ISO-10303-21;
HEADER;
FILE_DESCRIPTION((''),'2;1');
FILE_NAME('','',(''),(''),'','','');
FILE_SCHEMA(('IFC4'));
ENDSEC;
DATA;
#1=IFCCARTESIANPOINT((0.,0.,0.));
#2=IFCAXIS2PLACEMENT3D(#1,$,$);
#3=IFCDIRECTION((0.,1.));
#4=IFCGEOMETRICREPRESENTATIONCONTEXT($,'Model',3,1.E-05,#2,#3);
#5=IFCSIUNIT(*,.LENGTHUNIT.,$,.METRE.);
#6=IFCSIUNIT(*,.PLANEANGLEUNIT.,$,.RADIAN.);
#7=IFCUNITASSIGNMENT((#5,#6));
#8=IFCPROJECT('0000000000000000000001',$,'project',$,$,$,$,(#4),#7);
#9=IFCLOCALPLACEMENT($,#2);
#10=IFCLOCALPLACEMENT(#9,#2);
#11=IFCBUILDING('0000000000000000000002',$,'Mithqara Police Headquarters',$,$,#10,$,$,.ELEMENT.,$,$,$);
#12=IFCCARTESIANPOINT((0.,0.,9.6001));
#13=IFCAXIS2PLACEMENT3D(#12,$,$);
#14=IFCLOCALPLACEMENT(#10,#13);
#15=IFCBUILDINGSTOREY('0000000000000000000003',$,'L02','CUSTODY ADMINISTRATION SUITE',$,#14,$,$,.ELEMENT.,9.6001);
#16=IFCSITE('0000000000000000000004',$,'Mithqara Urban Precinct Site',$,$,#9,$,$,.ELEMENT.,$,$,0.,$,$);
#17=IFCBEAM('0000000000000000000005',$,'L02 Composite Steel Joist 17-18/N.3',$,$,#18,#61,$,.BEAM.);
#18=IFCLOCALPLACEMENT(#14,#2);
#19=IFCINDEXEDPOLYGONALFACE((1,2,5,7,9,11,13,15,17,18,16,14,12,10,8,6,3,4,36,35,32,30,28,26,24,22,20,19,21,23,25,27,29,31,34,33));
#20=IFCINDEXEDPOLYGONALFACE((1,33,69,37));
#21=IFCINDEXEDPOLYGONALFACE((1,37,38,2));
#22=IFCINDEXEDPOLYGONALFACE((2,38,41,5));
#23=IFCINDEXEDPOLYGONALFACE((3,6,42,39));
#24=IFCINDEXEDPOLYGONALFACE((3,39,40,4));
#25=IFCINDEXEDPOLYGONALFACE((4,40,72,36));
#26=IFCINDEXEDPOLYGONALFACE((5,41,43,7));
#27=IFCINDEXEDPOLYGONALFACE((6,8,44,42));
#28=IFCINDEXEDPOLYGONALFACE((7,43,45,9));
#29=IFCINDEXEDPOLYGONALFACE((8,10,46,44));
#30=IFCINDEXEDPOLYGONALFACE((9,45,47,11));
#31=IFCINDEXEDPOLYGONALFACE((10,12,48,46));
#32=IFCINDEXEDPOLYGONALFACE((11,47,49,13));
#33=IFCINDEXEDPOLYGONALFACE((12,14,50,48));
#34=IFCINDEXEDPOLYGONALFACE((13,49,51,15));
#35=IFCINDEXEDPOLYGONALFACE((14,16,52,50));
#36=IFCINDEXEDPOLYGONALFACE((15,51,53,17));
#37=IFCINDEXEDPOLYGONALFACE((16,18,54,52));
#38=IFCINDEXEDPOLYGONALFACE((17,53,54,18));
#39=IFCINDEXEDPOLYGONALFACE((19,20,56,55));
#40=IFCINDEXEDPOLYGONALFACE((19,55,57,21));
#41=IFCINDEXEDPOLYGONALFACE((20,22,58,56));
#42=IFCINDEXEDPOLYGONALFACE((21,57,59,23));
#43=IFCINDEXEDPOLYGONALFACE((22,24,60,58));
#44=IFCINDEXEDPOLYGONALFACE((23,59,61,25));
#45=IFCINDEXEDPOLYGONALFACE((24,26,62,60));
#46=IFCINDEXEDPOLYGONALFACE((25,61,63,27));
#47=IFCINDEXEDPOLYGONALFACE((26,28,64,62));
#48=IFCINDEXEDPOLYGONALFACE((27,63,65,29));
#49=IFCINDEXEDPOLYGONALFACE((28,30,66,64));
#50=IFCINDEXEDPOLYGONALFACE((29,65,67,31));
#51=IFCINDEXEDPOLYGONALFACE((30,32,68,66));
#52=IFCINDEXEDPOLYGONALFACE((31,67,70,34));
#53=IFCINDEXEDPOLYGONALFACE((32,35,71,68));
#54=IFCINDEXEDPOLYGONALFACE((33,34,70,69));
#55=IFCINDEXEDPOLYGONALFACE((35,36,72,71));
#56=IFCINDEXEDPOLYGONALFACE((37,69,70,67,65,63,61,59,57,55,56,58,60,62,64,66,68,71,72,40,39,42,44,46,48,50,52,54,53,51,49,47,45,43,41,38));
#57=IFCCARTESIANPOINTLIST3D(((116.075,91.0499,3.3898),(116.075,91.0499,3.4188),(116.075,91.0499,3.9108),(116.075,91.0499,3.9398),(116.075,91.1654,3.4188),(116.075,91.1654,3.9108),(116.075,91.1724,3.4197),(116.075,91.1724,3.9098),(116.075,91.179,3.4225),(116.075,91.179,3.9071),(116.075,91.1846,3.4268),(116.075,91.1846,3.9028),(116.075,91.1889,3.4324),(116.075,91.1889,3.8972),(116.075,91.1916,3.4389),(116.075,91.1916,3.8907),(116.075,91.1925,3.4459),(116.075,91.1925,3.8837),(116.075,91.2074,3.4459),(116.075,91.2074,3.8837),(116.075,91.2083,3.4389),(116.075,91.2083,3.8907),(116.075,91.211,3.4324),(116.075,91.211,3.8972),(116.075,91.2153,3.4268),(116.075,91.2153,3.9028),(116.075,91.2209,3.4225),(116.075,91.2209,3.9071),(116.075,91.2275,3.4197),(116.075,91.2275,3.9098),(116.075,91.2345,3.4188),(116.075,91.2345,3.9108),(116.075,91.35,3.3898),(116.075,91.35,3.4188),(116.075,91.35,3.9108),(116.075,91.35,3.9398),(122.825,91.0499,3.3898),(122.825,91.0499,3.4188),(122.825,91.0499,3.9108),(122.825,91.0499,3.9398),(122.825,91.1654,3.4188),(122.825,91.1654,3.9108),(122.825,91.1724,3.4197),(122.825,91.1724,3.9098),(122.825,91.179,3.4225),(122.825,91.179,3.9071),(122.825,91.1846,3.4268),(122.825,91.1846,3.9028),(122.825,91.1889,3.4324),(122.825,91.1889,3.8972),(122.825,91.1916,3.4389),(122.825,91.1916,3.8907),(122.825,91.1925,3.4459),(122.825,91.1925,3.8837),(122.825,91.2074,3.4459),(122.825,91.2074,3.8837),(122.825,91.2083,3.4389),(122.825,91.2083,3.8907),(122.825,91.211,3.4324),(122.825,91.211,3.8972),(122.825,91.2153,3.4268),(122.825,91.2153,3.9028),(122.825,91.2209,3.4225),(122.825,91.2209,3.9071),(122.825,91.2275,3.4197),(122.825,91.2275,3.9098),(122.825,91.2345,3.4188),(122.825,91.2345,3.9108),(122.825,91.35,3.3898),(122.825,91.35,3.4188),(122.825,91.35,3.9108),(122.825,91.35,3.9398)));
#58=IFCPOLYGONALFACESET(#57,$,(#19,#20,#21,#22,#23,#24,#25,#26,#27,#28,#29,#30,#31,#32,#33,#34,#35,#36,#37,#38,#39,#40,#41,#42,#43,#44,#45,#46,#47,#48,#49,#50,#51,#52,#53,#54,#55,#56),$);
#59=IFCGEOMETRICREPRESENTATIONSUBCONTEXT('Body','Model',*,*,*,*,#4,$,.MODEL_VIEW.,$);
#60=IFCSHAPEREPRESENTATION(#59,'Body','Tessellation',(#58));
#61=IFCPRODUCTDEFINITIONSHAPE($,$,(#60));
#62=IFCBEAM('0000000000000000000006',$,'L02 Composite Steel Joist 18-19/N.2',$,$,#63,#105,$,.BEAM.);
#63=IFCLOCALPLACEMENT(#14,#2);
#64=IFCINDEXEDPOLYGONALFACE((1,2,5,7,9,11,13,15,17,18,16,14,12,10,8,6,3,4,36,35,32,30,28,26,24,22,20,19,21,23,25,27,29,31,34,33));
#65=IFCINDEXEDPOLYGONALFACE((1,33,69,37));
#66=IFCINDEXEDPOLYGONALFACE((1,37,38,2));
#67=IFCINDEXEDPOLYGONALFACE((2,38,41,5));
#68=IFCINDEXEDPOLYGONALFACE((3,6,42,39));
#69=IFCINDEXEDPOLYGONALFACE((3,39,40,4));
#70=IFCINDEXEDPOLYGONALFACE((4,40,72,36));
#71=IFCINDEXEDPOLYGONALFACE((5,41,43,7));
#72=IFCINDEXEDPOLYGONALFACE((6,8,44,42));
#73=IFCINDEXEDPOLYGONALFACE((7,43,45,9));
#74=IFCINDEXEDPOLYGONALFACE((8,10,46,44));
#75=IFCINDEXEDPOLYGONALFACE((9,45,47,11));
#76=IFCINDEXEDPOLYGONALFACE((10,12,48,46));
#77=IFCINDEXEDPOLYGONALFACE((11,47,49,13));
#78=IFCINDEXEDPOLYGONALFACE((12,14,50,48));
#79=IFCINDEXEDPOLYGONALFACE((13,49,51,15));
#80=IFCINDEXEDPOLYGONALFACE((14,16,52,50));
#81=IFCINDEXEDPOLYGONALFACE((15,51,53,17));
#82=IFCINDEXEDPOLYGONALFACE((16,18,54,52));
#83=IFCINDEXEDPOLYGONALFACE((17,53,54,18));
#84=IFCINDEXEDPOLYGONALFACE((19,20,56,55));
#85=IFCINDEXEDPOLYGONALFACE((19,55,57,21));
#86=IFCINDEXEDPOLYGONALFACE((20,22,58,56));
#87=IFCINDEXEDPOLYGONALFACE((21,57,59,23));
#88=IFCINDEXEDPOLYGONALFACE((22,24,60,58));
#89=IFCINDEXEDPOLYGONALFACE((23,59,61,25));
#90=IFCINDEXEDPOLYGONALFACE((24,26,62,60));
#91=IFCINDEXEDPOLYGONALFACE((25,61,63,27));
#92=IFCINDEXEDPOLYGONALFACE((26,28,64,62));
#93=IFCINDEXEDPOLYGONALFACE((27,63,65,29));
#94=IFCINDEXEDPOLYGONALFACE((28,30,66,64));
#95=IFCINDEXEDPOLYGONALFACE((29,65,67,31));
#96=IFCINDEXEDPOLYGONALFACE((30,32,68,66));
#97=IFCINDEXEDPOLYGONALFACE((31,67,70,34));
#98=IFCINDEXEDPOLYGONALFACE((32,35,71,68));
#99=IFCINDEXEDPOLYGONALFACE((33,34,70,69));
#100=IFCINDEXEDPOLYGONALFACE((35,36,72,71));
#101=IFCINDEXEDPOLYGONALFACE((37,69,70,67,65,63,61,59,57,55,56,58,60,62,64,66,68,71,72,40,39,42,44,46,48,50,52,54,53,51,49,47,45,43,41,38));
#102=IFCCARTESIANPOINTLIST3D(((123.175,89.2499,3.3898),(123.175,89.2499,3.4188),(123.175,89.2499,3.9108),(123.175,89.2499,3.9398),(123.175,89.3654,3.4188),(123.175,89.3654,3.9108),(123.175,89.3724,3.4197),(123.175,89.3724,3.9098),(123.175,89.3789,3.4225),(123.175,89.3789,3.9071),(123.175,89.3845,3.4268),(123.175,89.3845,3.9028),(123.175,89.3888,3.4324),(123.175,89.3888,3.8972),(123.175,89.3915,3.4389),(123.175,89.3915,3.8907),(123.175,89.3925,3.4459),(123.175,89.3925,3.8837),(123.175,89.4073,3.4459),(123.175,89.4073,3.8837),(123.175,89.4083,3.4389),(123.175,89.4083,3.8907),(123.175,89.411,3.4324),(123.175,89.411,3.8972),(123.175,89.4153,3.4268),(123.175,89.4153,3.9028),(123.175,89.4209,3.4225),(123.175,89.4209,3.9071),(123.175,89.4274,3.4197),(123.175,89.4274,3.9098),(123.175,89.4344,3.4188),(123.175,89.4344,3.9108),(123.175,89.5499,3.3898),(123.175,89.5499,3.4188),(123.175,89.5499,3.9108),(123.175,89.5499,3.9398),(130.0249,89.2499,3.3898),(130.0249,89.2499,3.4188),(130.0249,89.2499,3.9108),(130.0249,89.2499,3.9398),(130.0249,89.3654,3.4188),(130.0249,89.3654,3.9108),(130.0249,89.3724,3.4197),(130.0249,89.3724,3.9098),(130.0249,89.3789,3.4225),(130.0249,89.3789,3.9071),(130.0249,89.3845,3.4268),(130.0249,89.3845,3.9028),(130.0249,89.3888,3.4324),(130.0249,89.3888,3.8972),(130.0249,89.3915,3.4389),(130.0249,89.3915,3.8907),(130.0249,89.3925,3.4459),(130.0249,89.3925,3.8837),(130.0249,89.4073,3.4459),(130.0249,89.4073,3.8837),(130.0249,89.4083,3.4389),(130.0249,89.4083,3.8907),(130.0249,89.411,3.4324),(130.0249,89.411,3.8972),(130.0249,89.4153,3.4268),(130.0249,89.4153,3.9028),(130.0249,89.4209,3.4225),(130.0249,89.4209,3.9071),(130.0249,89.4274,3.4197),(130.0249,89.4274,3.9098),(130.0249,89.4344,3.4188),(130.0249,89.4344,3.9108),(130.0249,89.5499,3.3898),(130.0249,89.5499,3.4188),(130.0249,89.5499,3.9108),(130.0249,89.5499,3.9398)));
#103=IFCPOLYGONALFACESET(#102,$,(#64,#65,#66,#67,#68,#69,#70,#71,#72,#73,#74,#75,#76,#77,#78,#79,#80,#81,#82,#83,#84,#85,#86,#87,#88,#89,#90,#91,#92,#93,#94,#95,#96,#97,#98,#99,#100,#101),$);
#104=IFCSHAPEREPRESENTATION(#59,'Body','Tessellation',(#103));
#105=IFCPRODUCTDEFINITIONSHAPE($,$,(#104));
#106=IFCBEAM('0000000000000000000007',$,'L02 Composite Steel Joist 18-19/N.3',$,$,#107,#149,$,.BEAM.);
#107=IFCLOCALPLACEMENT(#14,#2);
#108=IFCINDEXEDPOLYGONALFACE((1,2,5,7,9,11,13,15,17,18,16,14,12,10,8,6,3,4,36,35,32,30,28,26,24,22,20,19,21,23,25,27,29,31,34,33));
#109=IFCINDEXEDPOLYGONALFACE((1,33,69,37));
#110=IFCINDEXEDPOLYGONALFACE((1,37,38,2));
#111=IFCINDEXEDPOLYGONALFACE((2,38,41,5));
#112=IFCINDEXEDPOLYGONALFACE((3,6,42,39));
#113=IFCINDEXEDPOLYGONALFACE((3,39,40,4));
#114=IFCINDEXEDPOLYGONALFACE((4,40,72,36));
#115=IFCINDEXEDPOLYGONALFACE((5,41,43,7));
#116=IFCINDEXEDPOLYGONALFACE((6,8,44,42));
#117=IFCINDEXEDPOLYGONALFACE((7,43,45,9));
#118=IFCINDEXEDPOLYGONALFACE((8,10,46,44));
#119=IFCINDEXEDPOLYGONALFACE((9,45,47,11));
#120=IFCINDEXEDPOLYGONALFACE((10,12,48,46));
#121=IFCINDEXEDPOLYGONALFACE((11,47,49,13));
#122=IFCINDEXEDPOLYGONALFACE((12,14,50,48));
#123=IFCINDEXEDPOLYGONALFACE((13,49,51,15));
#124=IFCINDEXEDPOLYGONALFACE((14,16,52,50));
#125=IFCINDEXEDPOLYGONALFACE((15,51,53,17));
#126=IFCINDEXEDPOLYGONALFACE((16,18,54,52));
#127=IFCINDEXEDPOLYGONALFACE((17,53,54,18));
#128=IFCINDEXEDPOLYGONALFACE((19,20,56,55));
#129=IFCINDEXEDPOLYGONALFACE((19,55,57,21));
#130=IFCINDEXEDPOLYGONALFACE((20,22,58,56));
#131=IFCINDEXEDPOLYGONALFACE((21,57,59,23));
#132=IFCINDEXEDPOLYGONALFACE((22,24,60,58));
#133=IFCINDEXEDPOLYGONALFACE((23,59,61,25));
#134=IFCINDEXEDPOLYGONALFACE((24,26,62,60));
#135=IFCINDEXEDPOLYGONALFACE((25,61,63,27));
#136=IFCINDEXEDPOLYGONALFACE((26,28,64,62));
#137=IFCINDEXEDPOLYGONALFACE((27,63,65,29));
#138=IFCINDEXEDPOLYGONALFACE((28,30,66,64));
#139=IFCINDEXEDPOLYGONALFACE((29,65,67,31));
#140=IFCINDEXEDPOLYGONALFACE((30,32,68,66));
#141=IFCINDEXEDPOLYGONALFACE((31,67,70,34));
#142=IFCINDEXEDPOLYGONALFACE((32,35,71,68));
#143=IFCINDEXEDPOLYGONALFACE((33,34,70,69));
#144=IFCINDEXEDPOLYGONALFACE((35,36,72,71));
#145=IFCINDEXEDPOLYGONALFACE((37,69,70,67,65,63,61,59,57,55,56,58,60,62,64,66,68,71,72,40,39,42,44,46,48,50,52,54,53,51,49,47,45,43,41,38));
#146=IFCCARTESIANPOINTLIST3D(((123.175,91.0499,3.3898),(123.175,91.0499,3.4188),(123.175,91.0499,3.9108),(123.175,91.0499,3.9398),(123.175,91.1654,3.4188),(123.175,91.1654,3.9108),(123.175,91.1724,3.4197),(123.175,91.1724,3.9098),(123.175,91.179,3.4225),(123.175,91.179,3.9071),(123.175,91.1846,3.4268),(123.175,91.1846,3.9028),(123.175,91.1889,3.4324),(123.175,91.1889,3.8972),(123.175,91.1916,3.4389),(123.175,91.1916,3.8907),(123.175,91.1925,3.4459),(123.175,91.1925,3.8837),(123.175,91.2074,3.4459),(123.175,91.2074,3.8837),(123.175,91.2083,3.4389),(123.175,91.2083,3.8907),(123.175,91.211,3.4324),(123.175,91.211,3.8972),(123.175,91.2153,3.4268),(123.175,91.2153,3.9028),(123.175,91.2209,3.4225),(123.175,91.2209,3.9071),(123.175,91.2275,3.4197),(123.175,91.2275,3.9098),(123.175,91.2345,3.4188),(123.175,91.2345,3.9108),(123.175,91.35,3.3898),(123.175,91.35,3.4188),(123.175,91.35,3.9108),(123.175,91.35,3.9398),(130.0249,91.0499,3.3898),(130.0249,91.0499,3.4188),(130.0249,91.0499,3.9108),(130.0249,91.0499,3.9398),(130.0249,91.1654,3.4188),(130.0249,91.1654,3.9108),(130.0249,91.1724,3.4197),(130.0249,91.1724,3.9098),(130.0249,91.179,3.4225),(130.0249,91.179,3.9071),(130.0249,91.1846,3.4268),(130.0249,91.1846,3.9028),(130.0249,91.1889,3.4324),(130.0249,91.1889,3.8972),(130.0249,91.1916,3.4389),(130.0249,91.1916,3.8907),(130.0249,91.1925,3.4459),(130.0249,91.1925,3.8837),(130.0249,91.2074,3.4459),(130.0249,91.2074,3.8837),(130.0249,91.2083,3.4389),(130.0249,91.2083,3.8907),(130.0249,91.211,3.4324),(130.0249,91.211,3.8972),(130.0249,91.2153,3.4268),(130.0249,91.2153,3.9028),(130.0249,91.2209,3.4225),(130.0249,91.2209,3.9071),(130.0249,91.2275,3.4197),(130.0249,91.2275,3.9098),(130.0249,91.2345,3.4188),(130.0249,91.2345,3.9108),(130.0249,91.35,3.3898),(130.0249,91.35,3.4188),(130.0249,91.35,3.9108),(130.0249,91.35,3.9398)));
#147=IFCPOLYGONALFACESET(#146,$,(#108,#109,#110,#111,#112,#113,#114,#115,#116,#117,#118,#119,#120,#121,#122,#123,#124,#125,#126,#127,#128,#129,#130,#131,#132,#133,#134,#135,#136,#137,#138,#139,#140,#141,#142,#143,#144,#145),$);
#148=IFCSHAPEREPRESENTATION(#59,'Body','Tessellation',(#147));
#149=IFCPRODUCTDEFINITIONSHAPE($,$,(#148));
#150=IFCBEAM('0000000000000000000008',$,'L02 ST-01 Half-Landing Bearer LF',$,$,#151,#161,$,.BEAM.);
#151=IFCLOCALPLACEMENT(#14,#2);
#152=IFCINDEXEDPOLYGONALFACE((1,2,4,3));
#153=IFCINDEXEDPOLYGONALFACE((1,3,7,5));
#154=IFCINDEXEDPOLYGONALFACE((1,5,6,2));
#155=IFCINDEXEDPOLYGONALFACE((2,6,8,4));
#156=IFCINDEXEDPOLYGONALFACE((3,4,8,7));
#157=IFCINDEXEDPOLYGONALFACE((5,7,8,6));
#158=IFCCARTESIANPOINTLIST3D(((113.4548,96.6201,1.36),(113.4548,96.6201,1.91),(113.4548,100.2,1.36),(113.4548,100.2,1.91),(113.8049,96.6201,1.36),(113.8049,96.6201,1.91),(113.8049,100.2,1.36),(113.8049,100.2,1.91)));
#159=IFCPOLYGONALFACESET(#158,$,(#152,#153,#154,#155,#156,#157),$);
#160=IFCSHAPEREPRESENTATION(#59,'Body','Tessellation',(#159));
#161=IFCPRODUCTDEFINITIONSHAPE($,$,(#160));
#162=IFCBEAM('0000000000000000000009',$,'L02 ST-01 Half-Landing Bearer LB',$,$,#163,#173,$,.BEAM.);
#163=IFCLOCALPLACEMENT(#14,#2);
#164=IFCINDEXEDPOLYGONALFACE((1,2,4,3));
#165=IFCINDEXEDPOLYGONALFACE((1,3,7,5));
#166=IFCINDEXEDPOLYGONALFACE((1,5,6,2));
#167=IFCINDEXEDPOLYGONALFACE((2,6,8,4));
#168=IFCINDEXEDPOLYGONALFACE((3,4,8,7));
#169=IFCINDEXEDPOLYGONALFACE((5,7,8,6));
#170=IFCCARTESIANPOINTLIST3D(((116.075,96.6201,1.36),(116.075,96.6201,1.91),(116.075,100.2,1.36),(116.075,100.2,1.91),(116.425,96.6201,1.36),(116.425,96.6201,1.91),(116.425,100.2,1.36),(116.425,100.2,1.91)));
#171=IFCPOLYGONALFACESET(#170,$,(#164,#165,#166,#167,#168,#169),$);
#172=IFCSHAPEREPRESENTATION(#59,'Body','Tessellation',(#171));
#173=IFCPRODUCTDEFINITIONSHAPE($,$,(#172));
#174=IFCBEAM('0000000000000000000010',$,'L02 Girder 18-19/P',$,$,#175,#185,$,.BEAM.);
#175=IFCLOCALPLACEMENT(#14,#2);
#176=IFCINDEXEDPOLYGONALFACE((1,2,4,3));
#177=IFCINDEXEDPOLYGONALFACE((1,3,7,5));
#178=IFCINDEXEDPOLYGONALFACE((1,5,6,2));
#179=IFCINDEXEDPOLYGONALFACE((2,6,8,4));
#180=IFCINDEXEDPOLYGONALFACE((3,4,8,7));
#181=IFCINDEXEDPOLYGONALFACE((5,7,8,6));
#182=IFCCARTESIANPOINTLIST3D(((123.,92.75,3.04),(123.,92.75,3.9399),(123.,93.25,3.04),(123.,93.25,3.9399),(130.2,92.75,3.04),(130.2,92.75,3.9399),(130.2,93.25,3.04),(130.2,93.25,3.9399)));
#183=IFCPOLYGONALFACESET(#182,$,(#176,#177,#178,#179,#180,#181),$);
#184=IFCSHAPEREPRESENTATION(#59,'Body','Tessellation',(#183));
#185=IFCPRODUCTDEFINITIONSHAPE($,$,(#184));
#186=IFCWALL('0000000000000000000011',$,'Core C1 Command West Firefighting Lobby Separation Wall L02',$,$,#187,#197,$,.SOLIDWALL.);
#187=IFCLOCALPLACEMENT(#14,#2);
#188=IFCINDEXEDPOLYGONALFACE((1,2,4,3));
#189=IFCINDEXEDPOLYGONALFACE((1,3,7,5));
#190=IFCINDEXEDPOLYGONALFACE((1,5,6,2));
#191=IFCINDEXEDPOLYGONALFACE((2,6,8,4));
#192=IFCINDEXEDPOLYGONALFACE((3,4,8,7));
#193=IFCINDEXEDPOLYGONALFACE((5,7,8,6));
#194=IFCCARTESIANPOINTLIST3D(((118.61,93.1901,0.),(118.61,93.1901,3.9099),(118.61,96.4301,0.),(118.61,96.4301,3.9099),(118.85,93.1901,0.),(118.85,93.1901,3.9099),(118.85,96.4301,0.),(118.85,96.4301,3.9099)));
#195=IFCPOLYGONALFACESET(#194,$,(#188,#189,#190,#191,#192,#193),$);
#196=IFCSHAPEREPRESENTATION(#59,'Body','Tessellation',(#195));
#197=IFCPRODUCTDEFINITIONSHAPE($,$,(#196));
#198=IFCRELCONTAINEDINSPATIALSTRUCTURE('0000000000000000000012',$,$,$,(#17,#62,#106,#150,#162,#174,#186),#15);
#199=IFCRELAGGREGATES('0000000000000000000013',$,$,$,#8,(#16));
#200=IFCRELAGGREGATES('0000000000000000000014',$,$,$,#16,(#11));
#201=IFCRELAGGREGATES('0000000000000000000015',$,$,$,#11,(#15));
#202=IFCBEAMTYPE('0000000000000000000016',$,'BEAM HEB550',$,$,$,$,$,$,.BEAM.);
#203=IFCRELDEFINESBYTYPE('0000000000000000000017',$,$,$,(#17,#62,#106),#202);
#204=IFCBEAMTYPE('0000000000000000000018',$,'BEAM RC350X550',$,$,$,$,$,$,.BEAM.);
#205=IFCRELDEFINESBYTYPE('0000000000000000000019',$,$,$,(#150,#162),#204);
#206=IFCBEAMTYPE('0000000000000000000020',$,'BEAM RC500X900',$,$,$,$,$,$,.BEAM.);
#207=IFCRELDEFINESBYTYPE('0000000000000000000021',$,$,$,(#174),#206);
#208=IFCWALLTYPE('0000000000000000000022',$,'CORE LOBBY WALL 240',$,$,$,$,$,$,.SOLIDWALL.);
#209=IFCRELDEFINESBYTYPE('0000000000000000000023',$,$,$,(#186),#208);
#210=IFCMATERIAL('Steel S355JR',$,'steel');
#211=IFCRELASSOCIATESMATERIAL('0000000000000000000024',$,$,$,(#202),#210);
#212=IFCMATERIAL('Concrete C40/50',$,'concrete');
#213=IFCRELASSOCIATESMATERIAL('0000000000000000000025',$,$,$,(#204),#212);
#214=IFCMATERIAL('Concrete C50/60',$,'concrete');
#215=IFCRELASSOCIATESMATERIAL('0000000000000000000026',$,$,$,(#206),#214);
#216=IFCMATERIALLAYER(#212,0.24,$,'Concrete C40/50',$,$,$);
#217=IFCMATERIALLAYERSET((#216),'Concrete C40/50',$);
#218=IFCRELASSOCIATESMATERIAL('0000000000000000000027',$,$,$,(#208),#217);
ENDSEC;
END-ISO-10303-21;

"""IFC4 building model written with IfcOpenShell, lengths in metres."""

from ifc_helpers import new_model, si_unit, direction, frame, frame_2d, origin, origin_2d, place, context, subcontext, project, spatial, rectangle, i_section, extrude, material, layer, layer_set, material_profile, profile_set, type_object, element, save


model = new_model("IFC4")

# Units and contexts
model_context = context("Model", 3, precision=1e-05, world=origin(), true_north=direction((0.0, 1.0)))
body_context = subcontext(model_context, "Body", "Model", "MODEL_VIEW")
ifc_project = project(units=[si_unit("LENGTHUNIT", "METRE"), si_unit("PLANEANGLEUNIT", "RADIAN")], contexts=[model_context])

# Site, building, storey
site_placement = place(None, origin())
site = spatial("IfcSite", under=ifc_project, at=site_placement, Name="Mithqara Urban Precinct Site", CompositionType="ELEMENT", RefElevation=0.0)
building_placement = place(site_placement, origin())
building = spatial("IfcBuilding", under=site, at=building_placement, Name="Mithqara Police Headquarters", CompositionType="ELEMENT")
storey_placement = place(building_placement, frame((0.0, 0.0, 9.6001)))
storey = spatial("IfcBuildingStorey", under=building, at=storey_placement, Name="L02", Description="CUSTODY ADMINISTRATION SUITE", CompositionType="ELEMENT", Elevation=9.6001)

# Beams
ifc_material_1 = material(Name="Steel S355JR", Category="steel")
ifc_material_profile_1 = material_profile(ifc_material_1, i_section(OverallWidth=0.3, OverallDepth=0.55, WebThickness=0.0149, FlangeThickness=0.0291, FilletRadius=0.0271, at=origin_2d()), Name="HEB 550")
ifc_profile_set_1 = profile_set([ifc_material_profile_1], Name="Steel S355JR")
beam_type_1 = type_object("IfcBeamType", Name="BEAM HEB550", PredefinedType="BEAM", material=ifc_profile_set_1)
beam_1_placement = place(storey_placement, frame((116.075, 91.2, 3.6648), z_axis=(1.0, 0.0, 0.0), x_axis=(0.0, 1.0, 0.0)))
element("IfcBeam", 1, at=beam_1_placement, inside=storey, type_object=beam_type_1, Name="L02 Composite Steel Joist 17-18/N.3", PredefinedType="BEAM", context=body_context, shape_type="SweptSolid", body=[
    extrude(i_section(OverallWidth=0.3, OverallDepth=0.55, WebThickness=0.0149, FlangeThickness=0.0291, FilletRadius=0.0271, at=origin_2d()), origin(), (0.0, 0.0, 1.0), 6.75),
])
for number, where, z_axis, x_axis, name in (
    (2, (123.175, 89.3999, 3.6648), (1.0, 0.0, 0.0), (0.0, 1.0, 0.0), "L02 Composite Steel Joist 18-19/N.2"),
    (3, (123.175, 91.2, 3.6648), (1.0, 0.0, 0.0), (0.0, 1.0, 0.0), "L02 Composite Steel Joist 18-19/N.3"),
):
    element("IfcBeam", number, at=place(storey_placement, frame(where, z_axis=z_axis, x_axis=x_axis)), inside=storey, type_object=beam_type_1, Name=name, PredefinedType="BEAM", context=body_context, shape_type="SweptSolid", body=[
        extrude(i_section(OverallWidth=0.3, OverallDepth=0.55, WebThickness=0.0149, FlangeThickness=0.0291, FilletRadius=0.0271, at=origin_2d()), origin(), (0.0, 0.0, 1.0), 6.8499),
    ])
ifc_material_2 = material(Name="Concrete C40/50", Category="concrete")
ifc_material_profile_2 = material_profile(ifc_material_2, rectangle(XDim=0.3501, YDim=0.55, at=origin_2d()), Name="RC 350x550")
ifc_profile_set_2 = profile_set([ifc_material_profile_2], Name="Concrete C40/50")
beam_type_2 = type_object("IfcBeamType", Name="BEAM RC350X550", PredefinedType="BEAM", material=ifc_profile_set_2)
for number, where, z_axis, x_axis, name in (
    (4, (113.6299, 96.6201, 1.635), (0.0, 1.0, 0.0), (-1.0, 0.0, 0.0), "L02 ST-01 Half-Landing Bearer LF"),
    (5, (116.25, 96.6201, 1.635), (0.0, 1.0, 0.0), (-1.0, 0.0, 0.0), "L02 ST-01 Half-Landing Bearer LB"),
):
    element("IfcBeam", number, at=place(storey_placement, frame(where, z_axis=z_axis, x_axis=x_axis)), inside=storey, type_object=beam_type_2, Name=name, PredefinedType="BEAM", context=body_context, shape_type="SweptSolid", body=[
        extrude(rectangle(XDim=0.3501, YDim=0.55, at=origin_2d()), origin(), (0.0, 0.0, 1.0), 3.5798),
    ])
ifc_material_3 = material(Name="Concrete C50/60", Category="concrete")
ifc_material_profile_3 = material_profile(ifc_material_3, rectangle(XDim=0.5, YDim=0.8999, at=origin_2d()), Name="RC 500x900")
ifc_profile_set_3 = profile_set([ifc_material_profile_3], Name="Concrete C50/60")
beam_type_3 = type_object("IfcBeamType", Name="BEAM RC500X900", PredefinedType="BEAM", material=ifc_profile_set_3)
beam_2_placement = place(storey_placement, frame((123.0, 93.0, 3.49), z_axis=(1.0, 0.0, 0.0), x_axis=(0.0, 1.0, 0.0)))
element("IfcBeam", 6, at=beam_2_placement, inside=storey, type_object=beam_type_3, Name="L02 Girder 18-19/P", PredefinedType="BEAM", context=body_context, shape_type="SweptSolid", body=[
    extrude(rectangle(XDim=0.5, YDim=0.8999, at=origin_2d()), origin(), (0.0, 0.0, 1.0), 7.2),
])

# Wall
ifc_layer_1 = layer(ifc_material_2, 0.24, Name="Concrete C40/50")
ifc_layer_set_1 = layer_set([ifc_layer_1], Name="Concrete C40/50")
wall_type_1 = type_object("IfcWallType", Name="CORE LOBBY WALL 240", PredefinedType="SOLIDWALL", material=ifc_layer_set_1)
wall_1_placement = place(storey_placement, frame((118.73, 93.1899, 0.0), z_axis=(0.0, 0.0, 1.0), x_axis=(0.0, 1.0, 0.0)))
element("IfcWall", 7, at=wall_1_placement, inside=storey, type_object=wall_type_1, Name="Core C1 Command West Firefighting Lobby Separation Wall L02", PredefinedType="SOLIDWALL", context=body_context, shape_type="SweptSolid", body=[
    extrude(rectangle(XDim=3.24, YDim=0.24, at=frame_2d((1.6201, 0.0))), origin(), (0.0, 0.0, 1.0), 3.9099),
])

save(model, "model.ifc")
